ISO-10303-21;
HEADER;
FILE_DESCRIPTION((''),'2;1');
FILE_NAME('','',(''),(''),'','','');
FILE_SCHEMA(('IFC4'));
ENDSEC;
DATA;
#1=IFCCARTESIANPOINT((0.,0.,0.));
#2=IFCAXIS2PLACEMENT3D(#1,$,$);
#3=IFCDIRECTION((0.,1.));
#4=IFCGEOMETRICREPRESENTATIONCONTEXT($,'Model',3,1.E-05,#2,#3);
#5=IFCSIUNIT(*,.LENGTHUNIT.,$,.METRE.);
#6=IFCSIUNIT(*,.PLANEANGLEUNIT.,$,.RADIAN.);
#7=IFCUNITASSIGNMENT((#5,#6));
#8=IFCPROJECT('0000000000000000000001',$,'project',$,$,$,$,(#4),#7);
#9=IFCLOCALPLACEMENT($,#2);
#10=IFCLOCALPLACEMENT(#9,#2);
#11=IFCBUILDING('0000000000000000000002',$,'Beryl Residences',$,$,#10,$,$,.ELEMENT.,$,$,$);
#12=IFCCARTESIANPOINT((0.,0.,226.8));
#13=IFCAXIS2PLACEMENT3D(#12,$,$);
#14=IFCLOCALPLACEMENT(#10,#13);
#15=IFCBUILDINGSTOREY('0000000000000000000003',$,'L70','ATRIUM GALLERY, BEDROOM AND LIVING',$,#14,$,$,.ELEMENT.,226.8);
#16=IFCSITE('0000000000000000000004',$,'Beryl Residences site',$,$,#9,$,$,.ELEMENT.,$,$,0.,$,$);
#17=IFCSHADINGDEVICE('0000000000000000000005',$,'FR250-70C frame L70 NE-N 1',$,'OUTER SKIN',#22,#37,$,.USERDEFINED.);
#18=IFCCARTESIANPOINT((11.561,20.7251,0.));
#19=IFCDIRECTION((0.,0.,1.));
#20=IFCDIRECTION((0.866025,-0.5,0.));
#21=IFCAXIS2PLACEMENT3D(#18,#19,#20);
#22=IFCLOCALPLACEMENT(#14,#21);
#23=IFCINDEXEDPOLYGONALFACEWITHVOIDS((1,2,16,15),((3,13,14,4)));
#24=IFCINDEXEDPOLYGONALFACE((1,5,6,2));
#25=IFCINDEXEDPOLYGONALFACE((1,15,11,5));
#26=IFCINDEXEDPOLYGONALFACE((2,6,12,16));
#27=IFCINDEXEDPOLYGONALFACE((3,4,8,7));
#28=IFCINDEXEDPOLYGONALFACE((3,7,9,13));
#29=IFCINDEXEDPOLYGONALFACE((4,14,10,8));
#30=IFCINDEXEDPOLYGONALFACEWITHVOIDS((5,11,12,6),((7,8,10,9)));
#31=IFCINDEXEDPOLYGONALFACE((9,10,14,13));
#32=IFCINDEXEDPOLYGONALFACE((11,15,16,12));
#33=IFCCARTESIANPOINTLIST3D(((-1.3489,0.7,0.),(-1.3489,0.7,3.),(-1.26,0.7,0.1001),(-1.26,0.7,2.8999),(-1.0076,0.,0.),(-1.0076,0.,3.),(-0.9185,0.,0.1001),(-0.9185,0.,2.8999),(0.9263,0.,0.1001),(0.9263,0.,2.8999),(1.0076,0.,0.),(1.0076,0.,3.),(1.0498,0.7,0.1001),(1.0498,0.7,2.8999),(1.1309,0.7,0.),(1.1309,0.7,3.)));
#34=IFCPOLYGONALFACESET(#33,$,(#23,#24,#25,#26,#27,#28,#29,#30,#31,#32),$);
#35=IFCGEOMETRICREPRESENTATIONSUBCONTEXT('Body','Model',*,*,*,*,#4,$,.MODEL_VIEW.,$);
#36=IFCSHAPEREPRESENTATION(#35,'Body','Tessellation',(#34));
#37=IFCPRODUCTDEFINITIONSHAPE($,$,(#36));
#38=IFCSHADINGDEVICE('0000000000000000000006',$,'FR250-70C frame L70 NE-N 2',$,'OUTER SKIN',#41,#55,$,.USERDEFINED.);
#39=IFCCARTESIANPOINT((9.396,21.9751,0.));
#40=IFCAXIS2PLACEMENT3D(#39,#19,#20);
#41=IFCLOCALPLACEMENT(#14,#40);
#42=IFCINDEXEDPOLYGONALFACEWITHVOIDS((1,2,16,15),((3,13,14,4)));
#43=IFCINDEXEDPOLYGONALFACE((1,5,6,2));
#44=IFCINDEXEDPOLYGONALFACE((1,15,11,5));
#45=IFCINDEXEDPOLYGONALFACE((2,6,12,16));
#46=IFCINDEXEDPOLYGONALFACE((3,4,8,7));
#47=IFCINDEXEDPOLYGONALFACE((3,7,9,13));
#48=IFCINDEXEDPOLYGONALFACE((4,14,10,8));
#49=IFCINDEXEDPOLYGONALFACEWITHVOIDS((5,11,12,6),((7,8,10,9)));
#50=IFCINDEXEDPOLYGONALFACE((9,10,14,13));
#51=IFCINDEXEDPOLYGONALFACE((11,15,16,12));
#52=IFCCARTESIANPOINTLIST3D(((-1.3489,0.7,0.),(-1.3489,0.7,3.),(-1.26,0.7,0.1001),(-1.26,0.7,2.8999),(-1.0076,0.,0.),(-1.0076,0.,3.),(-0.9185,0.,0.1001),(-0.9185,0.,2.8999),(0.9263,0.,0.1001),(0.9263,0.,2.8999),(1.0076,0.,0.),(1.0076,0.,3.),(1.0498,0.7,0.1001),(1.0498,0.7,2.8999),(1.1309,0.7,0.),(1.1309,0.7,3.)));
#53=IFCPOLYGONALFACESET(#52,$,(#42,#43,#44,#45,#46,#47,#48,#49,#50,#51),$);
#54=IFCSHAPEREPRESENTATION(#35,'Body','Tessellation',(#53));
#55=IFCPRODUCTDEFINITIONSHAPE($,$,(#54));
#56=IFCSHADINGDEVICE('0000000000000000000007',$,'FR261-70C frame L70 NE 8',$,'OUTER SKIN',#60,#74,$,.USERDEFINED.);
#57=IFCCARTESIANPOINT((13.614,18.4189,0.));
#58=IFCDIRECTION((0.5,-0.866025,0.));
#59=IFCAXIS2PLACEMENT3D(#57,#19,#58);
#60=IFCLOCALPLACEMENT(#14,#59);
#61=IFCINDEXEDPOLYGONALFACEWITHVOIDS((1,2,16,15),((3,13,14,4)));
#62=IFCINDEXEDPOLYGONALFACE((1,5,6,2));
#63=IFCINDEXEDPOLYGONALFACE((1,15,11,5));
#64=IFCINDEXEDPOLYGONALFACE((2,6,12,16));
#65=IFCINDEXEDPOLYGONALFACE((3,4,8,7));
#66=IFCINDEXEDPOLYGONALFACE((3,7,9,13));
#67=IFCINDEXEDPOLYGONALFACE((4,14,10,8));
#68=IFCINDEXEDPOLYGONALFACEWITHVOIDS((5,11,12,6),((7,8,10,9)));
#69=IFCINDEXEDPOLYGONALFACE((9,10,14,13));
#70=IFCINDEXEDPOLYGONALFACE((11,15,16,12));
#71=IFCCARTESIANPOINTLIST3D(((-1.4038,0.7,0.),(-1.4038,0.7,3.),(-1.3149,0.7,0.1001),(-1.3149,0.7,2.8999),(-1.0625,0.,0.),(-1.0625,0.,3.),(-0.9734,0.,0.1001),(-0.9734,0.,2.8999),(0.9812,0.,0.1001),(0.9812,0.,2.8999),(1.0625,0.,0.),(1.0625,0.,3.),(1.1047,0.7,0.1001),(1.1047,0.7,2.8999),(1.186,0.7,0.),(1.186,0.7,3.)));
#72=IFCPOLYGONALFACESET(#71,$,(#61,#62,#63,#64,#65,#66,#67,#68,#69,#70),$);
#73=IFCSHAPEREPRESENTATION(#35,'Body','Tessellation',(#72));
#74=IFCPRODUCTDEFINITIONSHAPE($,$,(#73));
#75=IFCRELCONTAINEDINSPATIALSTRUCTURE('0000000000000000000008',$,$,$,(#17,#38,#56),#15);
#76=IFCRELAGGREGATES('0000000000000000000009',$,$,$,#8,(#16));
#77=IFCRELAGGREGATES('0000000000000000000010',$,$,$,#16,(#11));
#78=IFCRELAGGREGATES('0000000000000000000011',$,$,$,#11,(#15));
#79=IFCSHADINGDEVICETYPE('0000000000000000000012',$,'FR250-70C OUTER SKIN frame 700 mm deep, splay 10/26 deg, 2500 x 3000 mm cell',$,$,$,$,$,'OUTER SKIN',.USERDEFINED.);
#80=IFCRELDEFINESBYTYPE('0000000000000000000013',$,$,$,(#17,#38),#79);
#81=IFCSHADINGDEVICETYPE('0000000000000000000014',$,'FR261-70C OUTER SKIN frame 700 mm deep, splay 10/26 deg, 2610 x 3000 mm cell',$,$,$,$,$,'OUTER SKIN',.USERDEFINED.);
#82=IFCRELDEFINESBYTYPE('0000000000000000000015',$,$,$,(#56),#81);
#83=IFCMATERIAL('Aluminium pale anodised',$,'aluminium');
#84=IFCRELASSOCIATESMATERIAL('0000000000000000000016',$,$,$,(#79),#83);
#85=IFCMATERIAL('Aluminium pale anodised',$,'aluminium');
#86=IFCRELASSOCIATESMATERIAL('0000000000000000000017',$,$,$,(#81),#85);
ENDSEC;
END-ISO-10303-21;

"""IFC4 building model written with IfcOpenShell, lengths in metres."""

from ifc_helpers import new_model, entity, si_unit, direction, frame, origin, place, context, subcontext, project, spatial, source, transform, mapped, material, type_object, type_shapes, element, save


model = new_model("IFC4")

# Units and contexts
model_context = context("Model", 3, precision=1e-05, world=origin(), true_north=direction((0.0, 1.0)))
body_context = subcontext(model_context, "Body", "Model", "MODEL_VIEW")
ifc_project = project(units=[si_unit("LENGTHUNIT", "METRE"), si_unit("PLANEANGLEUNIT", "RADIAN")], contexts=[model_context])

# Site, building, storey
site_placement = place(None, origin())
site = spatial("IfcSite", under=ifc_project, at=site_placement, Name="Beryl Residences site", CompositionType="ELEMENT", RefElevation=0.0)
building_placement = place(site_placement, origin())
building = spatial("IfcBuilding", under=site, at=building_placement, Name="Beryl Residences", CompositionType="ELEMENT")
storey_placement = place(building_placement, frame((0.0, 0.0, 226.8)))
storey = spatial("IfcBuildingStorey", under=building, at=storey_placement, Name="L70", Description="ATRIUM GALLERY, BEDROOM AND LIVING", CompositionType="ELEMENT", Elevation=226.8)

# Shading devices
ifc_material_1 = material(Name="Aluminium pale anodised", Category="aluminium")
shading_device_type_1 = type_object("IfcShadingDeviceType", Name="FR250-70C OUTER SKIN frame 700 mm deep, splay 10/26 deg, 2500 x 3000 mm cell", ElementType="OUTER SKIN", PredefinedType="USERDEFINED", material=ifc_material_1)
cartesian_point_1 = entity("IfcCartesianPoint", [-1.0076, 0.0])
cartesian_point_2 = entity("IfcCartesianPoint", [-0.9263, 0.1001])
cartesian_point_3 = entity("IfcCartesianPoint", [-1.1309, 0.0])
cartesian_point_4 = entity("IfcCartesianPoint", [-1.0498, 0.1001])
shared_shape_1 = source(origin(), body_context, "Body", "SweptSolid", [
    entity("IfcExtrudedAreaSolidTapered", entity("IfcArbitraryProfileDefWithVoids", "AREA", None, entity("IfcPolyline", [cartesian_point_1, entity("IfcCartesianPoint", [1.0076, 0.0]), entity("IfcCartesianPoint", [1.0076, 3.0]), entity("IfcCartesianPoint", [-1.0076, 3.0]), cartesian_point_1]), [entity("IfcPolyline", [cartesian_point_2, entity("IfcCartesianPoint", [0.9185, 0.1001]), entity("IfcCartesianPoint", [0.9185, 2.8999]), entity("IfcCartesianPoint", [-0.9263, 2.8999]), cartesian_point_2])]), entity("IfcAxis2Placement3D", entity("IfcCartesianPoint", [0.0, 0.0, 0.0]), entity("IfcDirection", [0.0, 1.0, 0.0]), entity("IfcDirection", [-1.0, 0.0, 0.0])), entity("IfcDirection", [0.0, 0.0, 1.0]), 0.7, entity("IfcArbitraryProfileDefWithVoids", "AREA", None, entity("IfcPolyline", [cartesian_point_3, entity("IfcCartesianPoint", [1.3489, 0.0]), entity("IfcCartesianPoint", [1.3489, 3.0]), entity("IfcCartesianPoint", [-1.1309, 3.0]), cartesian_point_3]), [entity("IfcPolyline", [cartesian_point_4, entity("IfcCartesianPoint", [1.26, 0.1001]), entity("IfcCartesianPoint", [1.26, 2.8999]), entity("IfcCartesianPoint", [-1.0498, 2.8999]), cartesian_point_4])])),
])
type_shapes(shading_device_type_1, [shared_shape_1])
for number, where, z_axis, x_axis, name in (
    (1, (11.561, 20.7251, 0.0), (0.0, 0.0, 1.0), (0.866025, -0.5, 0.0), "FR250-70C frame L70 NE-N 1"),
    (2, (9.396, 21.9751, 0.0), (0.0, 0.0, 1.0), (0.866025, -0.5, 0.0), "FR250-70C frame L70 NE-N 2"),
):
    element("IfcShadingDevice", number, at=place(storey_placement, frame(where, z_axis=z_axis, x_axis=x_axis)), inside=storey, type_object=shading_device_type_1, Name=name, ObjectType="OUTER SKIN", PredefinedType="USERDEFINED", context=body_context, shape_type="MappedRepresentation", body=[
        mapped(shared_shape_1, transform((0.0, 0.0, 0.0))),
    ])
ifc_material_2 = material(Name="Aluminium pale anodised", Category="aluminium")
shading_device_type_2 = type_object("IfcShadingDeviceType", Name="FR261-70C OUTER SKIN frame 700 mm deep, splay 10/26 deg, 2610 x 3000 mm cell", ElementType="OUTER SKIN", PredefinedType="USERDEFINED", material=ifc_material_2)
cartesian_point_5 = entity("IfcCartesianPoint", [-1.0625, 0.0])
cartesian_point_6 = entity("IfcCartesianPoint", [-0.9812, 0.1001])
cartesian_point_7 = entity("IfcCartesianPoint", [-1.186, 0.0])
cartesian_point_8 = entity("IfcCartesianPoint", [-1.1047, 0.1001])
shared_shape_2 = source(origin(), body_context, "Body", "SweptSolid", [
    entity("IfcExtrudedAreaSolidTapered", entity("IfcArbitraryProfileDefWithVoids", "AREA", None, entity("IfcPolyline", [cartesian_point_5, entity("IfcCartesianPoint", [1.0625, 0.0]), entity("IfcCartesianPoint", [1.0625, 3.0]), entity("IfcCartesianPoint", [-1.0625, 3.0]), cartesian_point_5]), [entity("IfcPolyline", [cartesian_point_6, entity("IfcCartesianPoint", [0.9734, 0.1001]), entity("IfcCartesianPoint", [0.9734, 2.8999]), entity("IfcCartesianPoint", [-0.9812, 2.8999]), cartesian_point_6])]), entity("IfcAxis2Placement3D", entity("IfcCartesianPoint", [0.0, 0.0, 0.0]), entity("IfcDirection", [0.0, 1.0, 0.0]), entity("IfcDirection", [-1.0, 0.0, 0.0])), entity("IfcDirection", [0.0, 0.0, 1.0]), 0.7, entity("IfcArbitraryProfileDefWithVoids", "AREA", None, entity("IfcPolyline", [cartesian_point_7, entity("IfcCartesianPoint", [1.4038, 0.0]), entity("IfcCartesianPoint", [1.4038, 3.0]), entity("IfcCartesianPoint", [-1.186, 3.0]), cartesian_point_7]), [entity("IfcPolyline", [cartesian_point_8, entity("IfcCartesianPoint", [1.3149, 0.1001]), entity("IfcCartesianPoint", [1.3149, 2.8999]), entity("IfcCartesianPoint", [-1.1047, 2.8999]), cartesian_point_8])])),
])
type_shapes(shading_device_type_2, [shared_shape_2])
shading_device_placement = place(storey_placement, frame((13.614, 18.4189, 0.0), z_axis=(0.0, 0.0, 1.0), x_axis=(0.5, -0.866025, 0.0)))
element("IfcShadingDevice", 3, at=shading_device_placement, inside=storey, type_object=shading_device_type_2, Name="FR261-70C frame L70 NE 8", ObjectType="OUTER SKIN", PredefinedType="USERDEFINED", context=body_context, shape_type="MappedRepresentation", body=[
    mapped(shared_shape_2, transform((0.0, 0.0, 0.0))),
])

save(model, "model.ifc")
